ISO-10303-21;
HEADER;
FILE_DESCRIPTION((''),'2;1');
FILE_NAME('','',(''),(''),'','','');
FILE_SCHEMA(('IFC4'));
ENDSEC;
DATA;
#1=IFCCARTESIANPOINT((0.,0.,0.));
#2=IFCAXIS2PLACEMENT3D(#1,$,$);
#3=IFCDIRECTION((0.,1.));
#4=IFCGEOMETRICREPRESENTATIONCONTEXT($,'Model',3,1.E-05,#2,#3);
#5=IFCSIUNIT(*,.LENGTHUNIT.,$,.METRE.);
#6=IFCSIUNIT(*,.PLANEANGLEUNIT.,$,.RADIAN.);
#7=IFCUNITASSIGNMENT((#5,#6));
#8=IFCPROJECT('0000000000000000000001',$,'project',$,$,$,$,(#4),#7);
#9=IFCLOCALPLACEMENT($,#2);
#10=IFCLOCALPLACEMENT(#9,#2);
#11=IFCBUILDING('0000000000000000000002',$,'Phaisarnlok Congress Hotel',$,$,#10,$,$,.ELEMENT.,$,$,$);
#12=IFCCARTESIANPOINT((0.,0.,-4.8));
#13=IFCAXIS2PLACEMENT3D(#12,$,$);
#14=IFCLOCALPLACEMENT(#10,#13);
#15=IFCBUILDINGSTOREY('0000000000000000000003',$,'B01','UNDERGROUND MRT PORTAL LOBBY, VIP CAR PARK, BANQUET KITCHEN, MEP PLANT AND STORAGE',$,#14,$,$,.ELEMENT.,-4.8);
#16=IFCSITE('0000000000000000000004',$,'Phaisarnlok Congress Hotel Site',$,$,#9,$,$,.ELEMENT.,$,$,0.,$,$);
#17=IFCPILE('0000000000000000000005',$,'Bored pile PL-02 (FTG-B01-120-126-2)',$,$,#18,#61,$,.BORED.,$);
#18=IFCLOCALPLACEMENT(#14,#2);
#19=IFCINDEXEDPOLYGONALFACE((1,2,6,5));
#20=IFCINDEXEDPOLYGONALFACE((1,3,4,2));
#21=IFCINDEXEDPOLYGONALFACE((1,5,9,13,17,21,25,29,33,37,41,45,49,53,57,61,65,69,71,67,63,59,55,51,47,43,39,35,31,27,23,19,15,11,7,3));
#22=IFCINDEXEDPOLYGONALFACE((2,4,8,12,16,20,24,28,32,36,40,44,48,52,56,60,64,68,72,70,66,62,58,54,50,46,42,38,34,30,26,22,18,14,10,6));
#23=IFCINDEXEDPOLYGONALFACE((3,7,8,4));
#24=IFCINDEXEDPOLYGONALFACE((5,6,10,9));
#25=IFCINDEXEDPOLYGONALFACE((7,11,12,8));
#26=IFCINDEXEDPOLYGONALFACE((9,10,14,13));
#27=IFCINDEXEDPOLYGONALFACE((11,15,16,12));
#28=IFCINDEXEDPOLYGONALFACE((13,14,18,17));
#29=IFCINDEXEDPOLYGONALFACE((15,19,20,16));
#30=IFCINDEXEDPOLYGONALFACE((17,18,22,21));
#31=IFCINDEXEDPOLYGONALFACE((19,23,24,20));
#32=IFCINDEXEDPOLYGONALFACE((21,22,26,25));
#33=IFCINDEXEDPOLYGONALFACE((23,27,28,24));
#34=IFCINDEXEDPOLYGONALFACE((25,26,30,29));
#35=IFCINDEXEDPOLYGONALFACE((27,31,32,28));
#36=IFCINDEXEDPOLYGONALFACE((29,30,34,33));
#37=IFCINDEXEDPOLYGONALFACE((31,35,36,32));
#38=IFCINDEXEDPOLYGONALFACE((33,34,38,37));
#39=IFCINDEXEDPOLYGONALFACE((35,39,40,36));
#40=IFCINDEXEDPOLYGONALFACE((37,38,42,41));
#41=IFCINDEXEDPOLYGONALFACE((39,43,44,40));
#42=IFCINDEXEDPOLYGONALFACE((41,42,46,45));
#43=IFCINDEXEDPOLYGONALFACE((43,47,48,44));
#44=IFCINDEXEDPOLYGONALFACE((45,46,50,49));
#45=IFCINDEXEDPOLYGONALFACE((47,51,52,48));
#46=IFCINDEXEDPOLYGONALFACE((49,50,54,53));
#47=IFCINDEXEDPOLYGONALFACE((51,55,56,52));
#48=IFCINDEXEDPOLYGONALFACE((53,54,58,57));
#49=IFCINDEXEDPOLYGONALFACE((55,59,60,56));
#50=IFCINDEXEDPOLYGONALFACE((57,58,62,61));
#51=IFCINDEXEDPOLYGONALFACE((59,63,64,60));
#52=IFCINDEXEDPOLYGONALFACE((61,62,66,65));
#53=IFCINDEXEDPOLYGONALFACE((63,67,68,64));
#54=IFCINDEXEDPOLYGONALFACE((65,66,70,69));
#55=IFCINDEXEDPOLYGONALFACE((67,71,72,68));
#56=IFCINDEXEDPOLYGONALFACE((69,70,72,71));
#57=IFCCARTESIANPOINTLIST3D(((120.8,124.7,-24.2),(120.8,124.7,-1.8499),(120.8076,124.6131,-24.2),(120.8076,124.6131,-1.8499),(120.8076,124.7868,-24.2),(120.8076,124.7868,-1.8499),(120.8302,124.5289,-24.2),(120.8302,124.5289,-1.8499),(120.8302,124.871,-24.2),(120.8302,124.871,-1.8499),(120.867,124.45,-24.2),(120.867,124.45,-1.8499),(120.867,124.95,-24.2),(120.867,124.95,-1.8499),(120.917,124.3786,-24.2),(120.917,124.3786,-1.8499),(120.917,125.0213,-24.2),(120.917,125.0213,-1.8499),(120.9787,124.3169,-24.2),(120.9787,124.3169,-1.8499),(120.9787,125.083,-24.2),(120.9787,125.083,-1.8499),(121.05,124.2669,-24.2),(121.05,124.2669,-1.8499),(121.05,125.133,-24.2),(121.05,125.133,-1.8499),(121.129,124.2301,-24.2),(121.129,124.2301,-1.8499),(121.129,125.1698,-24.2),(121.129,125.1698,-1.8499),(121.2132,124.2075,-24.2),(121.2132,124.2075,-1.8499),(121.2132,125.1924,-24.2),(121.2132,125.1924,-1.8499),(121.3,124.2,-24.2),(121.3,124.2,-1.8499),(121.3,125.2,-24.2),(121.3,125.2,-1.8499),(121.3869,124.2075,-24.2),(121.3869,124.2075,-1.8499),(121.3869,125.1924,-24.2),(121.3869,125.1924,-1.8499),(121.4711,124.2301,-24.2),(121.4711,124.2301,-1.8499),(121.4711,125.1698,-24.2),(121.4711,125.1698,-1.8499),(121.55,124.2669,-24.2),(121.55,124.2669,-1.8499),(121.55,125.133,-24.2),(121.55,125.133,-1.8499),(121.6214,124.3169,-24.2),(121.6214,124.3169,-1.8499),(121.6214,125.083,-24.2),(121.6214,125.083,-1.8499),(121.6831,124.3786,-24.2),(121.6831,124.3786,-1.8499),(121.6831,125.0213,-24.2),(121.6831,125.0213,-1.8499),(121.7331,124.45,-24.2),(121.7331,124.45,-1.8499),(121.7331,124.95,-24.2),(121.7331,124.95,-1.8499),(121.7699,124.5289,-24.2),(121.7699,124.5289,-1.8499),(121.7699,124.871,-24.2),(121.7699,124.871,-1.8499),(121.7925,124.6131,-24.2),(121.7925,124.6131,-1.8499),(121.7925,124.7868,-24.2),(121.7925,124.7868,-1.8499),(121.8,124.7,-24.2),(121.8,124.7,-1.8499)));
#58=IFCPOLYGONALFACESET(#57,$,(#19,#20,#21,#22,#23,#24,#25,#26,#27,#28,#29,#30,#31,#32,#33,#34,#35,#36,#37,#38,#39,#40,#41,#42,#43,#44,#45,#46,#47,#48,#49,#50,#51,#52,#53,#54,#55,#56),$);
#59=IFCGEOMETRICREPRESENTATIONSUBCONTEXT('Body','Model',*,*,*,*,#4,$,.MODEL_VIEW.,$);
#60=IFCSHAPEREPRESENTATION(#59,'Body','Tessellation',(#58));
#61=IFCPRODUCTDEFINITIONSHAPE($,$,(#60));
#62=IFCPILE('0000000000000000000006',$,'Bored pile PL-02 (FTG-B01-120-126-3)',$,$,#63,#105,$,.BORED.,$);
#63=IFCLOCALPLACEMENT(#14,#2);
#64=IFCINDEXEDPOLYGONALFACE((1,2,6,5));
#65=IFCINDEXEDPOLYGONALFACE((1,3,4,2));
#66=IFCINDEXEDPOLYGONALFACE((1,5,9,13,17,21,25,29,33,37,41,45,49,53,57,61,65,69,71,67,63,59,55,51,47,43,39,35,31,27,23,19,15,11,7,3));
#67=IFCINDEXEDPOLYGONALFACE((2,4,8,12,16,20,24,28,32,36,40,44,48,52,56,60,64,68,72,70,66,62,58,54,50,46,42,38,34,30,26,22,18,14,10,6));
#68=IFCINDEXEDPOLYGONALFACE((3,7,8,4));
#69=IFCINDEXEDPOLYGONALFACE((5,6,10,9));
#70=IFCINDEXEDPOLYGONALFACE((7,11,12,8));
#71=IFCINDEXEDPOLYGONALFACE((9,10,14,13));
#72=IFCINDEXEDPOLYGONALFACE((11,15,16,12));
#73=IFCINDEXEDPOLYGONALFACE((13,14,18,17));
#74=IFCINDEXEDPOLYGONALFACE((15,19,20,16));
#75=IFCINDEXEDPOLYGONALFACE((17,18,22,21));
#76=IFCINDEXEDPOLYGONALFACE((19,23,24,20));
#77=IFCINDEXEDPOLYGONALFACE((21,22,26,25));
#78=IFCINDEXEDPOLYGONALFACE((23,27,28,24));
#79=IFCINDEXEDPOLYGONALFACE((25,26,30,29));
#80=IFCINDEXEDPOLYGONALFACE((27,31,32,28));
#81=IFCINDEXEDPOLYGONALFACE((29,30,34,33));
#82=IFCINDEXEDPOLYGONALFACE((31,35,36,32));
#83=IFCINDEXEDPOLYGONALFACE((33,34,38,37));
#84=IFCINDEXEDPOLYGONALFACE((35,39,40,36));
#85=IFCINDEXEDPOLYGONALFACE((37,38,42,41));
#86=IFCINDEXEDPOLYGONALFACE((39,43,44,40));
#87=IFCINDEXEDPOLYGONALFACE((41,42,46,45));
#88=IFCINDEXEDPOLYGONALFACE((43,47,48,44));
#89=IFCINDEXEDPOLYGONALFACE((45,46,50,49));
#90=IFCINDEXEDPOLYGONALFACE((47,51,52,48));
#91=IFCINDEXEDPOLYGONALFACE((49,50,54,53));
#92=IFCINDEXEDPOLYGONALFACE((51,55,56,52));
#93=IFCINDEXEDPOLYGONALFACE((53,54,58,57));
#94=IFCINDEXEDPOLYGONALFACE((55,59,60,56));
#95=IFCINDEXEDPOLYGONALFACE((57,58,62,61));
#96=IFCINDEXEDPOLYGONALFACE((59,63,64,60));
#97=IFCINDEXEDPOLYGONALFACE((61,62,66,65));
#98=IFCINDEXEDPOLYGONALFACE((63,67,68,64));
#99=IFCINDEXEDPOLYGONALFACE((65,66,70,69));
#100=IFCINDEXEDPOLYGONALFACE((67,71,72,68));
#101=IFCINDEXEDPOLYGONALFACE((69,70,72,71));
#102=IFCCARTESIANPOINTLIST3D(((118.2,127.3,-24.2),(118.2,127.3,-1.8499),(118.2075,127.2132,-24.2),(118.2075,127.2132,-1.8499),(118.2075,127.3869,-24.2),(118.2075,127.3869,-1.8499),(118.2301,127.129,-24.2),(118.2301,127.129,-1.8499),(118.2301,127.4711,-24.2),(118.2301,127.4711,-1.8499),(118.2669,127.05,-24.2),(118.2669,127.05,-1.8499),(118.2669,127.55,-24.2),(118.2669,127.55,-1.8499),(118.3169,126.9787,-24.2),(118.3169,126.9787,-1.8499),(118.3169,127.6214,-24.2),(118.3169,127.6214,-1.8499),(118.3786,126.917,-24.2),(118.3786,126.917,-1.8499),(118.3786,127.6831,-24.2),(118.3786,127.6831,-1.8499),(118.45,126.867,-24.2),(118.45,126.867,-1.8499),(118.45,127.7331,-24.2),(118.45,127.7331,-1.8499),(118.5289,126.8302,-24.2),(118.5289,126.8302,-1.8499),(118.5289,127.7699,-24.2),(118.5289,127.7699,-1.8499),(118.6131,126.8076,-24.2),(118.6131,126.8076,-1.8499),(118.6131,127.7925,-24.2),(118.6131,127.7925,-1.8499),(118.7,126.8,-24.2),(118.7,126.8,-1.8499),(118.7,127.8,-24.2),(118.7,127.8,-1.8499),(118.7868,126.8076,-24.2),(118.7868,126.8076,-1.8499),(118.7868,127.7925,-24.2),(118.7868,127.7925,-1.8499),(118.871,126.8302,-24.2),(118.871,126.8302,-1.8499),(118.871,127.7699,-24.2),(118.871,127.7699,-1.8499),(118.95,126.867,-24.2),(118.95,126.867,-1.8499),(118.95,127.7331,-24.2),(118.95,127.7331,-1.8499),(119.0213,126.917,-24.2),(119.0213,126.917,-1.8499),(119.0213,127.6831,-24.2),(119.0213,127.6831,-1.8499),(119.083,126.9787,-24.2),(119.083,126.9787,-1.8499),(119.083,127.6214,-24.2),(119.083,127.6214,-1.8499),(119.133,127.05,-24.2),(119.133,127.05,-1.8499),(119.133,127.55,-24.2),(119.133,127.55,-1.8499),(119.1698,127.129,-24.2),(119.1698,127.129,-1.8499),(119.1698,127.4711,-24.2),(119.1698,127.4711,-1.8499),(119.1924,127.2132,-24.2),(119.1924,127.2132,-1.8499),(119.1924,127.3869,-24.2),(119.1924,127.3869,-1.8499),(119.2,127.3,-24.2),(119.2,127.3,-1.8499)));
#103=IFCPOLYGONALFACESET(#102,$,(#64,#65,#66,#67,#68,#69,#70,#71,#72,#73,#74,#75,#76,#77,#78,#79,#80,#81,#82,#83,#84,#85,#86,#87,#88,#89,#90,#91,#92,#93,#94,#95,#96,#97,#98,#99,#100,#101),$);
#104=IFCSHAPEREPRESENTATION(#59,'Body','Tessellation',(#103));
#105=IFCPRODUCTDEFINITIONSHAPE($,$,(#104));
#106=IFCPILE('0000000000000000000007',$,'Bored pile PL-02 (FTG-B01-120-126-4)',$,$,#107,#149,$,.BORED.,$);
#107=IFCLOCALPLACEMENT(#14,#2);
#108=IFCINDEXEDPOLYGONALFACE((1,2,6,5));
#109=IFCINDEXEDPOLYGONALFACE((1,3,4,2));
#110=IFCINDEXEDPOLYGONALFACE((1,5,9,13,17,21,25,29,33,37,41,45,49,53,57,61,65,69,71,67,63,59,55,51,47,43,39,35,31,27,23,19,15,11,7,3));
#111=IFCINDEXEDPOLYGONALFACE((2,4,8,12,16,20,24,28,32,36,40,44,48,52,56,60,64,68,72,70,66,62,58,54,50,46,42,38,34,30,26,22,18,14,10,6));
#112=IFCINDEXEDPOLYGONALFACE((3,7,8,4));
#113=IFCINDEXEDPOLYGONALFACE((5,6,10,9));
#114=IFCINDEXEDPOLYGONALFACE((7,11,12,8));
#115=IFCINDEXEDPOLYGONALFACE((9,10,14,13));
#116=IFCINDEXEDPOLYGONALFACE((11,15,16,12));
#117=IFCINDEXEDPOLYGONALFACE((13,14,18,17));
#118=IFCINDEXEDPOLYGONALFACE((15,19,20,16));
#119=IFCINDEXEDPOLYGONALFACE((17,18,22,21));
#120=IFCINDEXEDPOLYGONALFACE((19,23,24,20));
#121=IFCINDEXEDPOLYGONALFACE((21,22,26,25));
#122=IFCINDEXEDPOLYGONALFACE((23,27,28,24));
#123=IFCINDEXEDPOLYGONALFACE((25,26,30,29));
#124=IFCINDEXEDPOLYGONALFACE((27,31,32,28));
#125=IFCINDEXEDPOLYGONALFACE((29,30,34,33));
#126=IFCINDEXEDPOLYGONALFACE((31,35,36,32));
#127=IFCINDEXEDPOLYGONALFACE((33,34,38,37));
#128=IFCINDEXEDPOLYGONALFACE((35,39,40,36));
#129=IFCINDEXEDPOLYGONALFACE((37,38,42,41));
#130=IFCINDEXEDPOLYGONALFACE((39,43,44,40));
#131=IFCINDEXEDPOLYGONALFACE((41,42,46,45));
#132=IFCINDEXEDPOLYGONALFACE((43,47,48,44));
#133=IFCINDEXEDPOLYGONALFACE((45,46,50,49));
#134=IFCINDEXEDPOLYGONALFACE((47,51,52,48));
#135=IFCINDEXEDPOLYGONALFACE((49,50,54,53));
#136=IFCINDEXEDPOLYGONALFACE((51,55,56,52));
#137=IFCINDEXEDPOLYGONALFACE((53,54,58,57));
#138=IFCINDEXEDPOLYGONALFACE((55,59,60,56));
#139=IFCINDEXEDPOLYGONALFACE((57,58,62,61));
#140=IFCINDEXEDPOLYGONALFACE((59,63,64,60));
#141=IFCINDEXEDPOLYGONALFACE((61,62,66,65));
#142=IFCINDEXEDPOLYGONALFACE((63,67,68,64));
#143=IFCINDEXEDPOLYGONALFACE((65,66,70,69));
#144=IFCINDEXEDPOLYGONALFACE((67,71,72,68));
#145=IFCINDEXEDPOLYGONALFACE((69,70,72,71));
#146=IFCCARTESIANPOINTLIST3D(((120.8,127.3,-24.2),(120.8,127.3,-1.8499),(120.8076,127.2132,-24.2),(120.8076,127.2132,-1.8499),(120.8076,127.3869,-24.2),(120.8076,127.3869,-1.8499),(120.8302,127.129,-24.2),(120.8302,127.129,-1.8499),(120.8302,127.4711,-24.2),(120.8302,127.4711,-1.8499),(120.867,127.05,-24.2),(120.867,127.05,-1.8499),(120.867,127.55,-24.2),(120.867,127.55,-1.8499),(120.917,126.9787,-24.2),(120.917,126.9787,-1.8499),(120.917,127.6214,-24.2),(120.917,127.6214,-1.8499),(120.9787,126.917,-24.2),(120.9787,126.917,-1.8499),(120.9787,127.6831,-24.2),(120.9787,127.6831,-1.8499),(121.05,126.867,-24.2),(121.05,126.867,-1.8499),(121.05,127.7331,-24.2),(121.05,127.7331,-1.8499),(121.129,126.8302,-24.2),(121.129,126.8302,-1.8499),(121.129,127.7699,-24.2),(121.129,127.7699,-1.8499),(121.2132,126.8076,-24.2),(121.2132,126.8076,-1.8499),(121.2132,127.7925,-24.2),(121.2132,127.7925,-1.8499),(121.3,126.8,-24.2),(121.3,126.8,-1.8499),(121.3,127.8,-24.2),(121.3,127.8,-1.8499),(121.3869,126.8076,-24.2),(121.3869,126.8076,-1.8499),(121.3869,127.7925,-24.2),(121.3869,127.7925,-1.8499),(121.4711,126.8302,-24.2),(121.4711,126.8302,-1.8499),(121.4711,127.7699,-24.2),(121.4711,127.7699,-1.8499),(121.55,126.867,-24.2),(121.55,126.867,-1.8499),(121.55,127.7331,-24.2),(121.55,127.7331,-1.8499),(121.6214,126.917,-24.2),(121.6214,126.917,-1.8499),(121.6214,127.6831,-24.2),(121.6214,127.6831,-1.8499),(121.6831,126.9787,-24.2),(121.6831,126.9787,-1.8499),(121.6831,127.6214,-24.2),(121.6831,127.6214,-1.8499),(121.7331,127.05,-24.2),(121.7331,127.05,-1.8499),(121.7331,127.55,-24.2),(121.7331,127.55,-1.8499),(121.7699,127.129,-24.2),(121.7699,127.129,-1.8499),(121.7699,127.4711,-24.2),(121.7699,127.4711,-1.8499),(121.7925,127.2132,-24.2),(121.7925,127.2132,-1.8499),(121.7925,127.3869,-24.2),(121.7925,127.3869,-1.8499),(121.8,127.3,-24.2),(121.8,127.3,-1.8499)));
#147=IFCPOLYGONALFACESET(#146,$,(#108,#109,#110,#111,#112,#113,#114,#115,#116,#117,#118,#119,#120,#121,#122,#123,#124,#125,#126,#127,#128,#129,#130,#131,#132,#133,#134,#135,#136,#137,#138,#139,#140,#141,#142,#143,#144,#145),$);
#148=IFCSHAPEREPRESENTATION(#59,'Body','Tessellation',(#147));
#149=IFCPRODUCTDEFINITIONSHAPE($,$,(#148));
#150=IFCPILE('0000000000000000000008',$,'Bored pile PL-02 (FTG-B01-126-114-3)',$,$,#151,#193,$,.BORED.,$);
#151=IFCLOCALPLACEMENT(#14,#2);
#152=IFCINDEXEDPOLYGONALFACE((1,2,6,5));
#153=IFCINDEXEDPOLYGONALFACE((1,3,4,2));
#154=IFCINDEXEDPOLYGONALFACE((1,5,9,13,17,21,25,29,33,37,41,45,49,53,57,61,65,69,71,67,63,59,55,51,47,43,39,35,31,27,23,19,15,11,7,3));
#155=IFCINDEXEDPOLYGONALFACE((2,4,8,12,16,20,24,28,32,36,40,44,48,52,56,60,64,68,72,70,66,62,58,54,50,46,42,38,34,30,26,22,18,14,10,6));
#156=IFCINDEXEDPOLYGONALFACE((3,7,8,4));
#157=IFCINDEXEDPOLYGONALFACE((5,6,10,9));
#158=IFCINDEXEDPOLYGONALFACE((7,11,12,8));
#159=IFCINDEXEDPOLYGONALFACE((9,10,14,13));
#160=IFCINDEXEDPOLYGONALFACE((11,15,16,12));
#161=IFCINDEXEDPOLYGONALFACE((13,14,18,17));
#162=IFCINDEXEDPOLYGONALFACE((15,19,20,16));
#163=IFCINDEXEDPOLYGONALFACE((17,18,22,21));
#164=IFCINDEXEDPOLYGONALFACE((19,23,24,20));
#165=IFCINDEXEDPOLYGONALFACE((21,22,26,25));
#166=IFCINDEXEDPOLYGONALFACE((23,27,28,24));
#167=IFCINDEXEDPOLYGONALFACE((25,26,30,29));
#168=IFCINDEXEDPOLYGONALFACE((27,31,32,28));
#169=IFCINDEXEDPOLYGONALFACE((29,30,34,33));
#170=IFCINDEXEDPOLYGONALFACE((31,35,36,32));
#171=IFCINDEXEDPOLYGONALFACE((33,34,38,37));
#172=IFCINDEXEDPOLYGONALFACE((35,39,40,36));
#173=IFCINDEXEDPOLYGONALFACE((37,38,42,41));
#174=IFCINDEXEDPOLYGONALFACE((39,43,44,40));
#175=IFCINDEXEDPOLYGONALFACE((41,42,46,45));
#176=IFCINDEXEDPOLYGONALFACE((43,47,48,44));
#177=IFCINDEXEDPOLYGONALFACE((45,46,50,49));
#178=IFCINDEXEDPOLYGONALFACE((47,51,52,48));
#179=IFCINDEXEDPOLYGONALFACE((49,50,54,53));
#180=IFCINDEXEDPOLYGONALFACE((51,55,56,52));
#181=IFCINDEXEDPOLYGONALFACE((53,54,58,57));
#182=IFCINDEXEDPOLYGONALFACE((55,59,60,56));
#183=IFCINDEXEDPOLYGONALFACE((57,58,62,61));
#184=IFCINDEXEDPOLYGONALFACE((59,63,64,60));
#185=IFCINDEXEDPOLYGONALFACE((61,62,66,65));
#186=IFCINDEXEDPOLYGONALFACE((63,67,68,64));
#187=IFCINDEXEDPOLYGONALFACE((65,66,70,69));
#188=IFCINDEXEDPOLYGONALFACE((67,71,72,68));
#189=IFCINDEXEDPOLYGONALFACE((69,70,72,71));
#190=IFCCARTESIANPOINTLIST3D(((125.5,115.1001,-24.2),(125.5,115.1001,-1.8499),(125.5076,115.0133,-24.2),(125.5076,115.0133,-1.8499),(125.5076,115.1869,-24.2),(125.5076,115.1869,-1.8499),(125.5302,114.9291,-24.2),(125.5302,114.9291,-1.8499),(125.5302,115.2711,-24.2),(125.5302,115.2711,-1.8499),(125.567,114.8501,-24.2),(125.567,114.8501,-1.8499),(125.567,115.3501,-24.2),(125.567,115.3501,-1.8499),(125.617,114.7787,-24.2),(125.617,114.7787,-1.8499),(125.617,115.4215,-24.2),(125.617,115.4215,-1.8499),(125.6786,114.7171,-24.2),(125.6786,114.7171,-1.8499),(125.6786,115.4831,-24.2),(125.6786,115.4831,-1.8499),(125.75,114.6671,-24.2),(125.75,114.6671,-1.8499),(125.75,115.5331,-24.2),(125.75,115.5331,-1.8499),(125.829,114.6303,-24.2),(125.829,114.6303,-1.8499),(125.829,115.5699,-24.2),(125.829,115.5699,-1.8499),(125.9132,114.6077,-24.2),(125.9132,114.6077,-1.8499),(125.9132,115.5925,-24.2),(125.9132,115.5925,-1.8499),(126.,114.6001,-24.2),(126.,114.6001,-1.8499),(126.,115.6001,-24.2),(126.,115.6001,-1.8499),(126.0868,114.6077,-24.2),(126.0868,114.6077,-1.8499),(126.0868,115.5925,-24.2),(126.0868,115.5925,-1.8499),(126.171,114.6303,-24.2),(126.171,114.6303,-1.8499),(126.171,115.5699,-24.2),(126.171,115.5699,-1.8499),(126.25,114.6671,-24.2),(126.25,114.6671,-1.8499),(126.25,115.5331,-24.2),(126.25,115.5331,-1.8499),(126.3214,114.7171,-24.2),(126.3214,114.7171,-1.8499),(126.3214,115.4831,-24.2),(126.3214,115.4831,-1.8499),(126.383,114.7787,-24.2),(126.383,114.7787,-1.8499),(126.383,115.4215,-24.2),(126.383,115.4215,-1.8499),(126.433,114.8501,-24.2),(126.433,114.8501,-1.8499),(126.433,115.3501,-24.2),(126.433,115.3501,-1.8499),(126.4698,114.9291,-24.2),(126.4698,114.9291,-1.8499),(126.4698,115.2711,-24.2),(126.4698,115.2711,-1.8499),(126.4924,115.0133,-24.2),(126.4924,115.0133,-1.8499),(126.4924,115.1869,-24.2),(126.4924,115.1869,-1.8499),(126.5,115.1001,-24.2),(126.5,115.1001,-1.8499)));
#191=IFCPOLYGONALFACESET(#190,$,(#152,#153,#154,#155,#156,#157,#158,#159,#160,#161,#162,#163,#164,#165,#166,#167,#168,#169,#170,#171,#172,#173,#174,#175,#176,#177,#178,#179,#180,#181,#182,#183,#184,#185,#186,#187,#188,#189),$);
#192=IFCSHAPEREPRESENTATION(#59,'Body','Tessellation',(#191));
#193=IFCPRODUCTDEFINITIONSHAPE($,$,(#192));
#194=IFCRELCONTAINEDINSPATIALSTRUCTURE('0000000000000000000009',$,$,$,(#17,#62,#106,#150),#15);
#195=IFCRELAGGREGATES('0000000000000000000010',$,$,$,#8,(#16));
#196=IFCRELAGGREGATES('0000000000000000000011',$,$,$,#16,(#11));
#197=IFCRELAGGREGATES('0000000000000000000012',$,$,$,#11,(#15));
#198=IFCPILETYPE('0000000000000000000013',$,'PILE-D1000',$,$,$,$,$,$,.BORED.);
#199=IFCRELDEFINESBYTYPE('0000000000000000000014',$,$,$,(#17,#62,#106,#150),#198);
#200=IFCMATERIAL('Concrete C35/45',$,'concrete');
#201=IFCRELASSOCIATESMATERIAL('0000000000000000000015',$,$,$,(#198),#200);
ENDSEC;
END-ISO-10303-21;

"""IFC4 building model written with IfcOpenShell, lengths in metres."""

from ifc_helpers import new_model, si_unit, direction, frame, origin, origin_2d, place, context, subcontext, project, spatial, circle, extrude, material, material_profile, profile_set, type_object, element, save


model = new_model("IFC4")

# Units and contexts
model_context = context("Model", 3, precision=1e-05, world=origin(), true_north=direction((0.0, 1.0)))
body_context = subcontext(model_context, "Body", "Model", "MODEL_VIEW")
ifc_project = project(units=[si_unit("LENGTHUNIT", "METRE"), si_unit("PLANEANGLEUNIT", "RADIAN")], contexts=[model_context])

# Site, building, storey
site_placement = place(None, origin())
site = spatial("IfcSite", under=ifc_project, at=site_placement, Name="Phaisarnlok Congress Hotel Site", CompositionType="ELEMENT", RefElevation=0.0)
building_placement = place(site_placement, origin())
building = spatial("IfcBuilding", under=site, at=building_placement, Name="Phaisarnlok Congress Hotel", CompositionType="ELEMENT")
storey_placement = place(building_placement, frame((0.0, 0.0, -4.8)))
storey = spatial("IfcBuildingStorey", under=building, at=storey_placement, Name="B01", Description="UNDERGROUND MRT PORTAL LOBBY, VIP CAR PARK, BANQUET KITCHEN, MEP PLANT AND STORAGE", CompositionType="ELEMENT", Elevation=-4.8)

# Piles
ifc_material_1 = material(Name="Concrete C35/45", Category="concrete")
ifc_material_profile_1 = material_profile(ifc_material_1, circle(Radius=0.5, at=origin_2d()), Name="BORED PILE D1000")
ifc_profile_set_1 = profile_set([ifc_material_profile_1], Name="Concrete C35/45")
pile_type_1 = type_object("IfcPileType", Name="PILE-D1000", PredefinedType="BORED", material=ifc_profile_set_1)
for number, where, z_axis, x_axis, name in (
    (1, (121.3, 124.7, -1.8499), (0.0, 0.0, -1.0), (1.0, 0.0, 0.0), "Bored pile PL-02 (FTG-B01-120-126-2)"),
    (2, (118.7, 127.3, -1.8499), (0.0, 0.0, -1.0), (1.0, 0.0, 0.0), "Bored pile PL-02 (FTG-B01-120-126-3)"),
    (3, (121.3, 127.3, -1.8499), (0.0, 0.0, -1.0), (1.0, 0.0, 0.0), "Bored pile PL-02 (FTG-B01-120-126-4)"),
    (4, (126.0, 115.1001, -1.8499), (0.0, 0.0, -1.0), (1.0, 0.0, 0.0), "Bored pile PL-02 (FTG-B01-126-114-3)"),
):
    element("IfcPile", number, at=place(storey_placement, frame(where, z_axis=z_axis, x_axis=x_axis)), inside=storey, type_object=pile_type_1, Name=name, PredefinedType="BORED", context=body_context, shape_type="SweptSolid", body=[
        extrude(circle(Radius=0.5, at=origin_2d()), origin(), (0.0, 0.0, 1.0), 22.3501),
    ])

save(model, "model.ifc")
